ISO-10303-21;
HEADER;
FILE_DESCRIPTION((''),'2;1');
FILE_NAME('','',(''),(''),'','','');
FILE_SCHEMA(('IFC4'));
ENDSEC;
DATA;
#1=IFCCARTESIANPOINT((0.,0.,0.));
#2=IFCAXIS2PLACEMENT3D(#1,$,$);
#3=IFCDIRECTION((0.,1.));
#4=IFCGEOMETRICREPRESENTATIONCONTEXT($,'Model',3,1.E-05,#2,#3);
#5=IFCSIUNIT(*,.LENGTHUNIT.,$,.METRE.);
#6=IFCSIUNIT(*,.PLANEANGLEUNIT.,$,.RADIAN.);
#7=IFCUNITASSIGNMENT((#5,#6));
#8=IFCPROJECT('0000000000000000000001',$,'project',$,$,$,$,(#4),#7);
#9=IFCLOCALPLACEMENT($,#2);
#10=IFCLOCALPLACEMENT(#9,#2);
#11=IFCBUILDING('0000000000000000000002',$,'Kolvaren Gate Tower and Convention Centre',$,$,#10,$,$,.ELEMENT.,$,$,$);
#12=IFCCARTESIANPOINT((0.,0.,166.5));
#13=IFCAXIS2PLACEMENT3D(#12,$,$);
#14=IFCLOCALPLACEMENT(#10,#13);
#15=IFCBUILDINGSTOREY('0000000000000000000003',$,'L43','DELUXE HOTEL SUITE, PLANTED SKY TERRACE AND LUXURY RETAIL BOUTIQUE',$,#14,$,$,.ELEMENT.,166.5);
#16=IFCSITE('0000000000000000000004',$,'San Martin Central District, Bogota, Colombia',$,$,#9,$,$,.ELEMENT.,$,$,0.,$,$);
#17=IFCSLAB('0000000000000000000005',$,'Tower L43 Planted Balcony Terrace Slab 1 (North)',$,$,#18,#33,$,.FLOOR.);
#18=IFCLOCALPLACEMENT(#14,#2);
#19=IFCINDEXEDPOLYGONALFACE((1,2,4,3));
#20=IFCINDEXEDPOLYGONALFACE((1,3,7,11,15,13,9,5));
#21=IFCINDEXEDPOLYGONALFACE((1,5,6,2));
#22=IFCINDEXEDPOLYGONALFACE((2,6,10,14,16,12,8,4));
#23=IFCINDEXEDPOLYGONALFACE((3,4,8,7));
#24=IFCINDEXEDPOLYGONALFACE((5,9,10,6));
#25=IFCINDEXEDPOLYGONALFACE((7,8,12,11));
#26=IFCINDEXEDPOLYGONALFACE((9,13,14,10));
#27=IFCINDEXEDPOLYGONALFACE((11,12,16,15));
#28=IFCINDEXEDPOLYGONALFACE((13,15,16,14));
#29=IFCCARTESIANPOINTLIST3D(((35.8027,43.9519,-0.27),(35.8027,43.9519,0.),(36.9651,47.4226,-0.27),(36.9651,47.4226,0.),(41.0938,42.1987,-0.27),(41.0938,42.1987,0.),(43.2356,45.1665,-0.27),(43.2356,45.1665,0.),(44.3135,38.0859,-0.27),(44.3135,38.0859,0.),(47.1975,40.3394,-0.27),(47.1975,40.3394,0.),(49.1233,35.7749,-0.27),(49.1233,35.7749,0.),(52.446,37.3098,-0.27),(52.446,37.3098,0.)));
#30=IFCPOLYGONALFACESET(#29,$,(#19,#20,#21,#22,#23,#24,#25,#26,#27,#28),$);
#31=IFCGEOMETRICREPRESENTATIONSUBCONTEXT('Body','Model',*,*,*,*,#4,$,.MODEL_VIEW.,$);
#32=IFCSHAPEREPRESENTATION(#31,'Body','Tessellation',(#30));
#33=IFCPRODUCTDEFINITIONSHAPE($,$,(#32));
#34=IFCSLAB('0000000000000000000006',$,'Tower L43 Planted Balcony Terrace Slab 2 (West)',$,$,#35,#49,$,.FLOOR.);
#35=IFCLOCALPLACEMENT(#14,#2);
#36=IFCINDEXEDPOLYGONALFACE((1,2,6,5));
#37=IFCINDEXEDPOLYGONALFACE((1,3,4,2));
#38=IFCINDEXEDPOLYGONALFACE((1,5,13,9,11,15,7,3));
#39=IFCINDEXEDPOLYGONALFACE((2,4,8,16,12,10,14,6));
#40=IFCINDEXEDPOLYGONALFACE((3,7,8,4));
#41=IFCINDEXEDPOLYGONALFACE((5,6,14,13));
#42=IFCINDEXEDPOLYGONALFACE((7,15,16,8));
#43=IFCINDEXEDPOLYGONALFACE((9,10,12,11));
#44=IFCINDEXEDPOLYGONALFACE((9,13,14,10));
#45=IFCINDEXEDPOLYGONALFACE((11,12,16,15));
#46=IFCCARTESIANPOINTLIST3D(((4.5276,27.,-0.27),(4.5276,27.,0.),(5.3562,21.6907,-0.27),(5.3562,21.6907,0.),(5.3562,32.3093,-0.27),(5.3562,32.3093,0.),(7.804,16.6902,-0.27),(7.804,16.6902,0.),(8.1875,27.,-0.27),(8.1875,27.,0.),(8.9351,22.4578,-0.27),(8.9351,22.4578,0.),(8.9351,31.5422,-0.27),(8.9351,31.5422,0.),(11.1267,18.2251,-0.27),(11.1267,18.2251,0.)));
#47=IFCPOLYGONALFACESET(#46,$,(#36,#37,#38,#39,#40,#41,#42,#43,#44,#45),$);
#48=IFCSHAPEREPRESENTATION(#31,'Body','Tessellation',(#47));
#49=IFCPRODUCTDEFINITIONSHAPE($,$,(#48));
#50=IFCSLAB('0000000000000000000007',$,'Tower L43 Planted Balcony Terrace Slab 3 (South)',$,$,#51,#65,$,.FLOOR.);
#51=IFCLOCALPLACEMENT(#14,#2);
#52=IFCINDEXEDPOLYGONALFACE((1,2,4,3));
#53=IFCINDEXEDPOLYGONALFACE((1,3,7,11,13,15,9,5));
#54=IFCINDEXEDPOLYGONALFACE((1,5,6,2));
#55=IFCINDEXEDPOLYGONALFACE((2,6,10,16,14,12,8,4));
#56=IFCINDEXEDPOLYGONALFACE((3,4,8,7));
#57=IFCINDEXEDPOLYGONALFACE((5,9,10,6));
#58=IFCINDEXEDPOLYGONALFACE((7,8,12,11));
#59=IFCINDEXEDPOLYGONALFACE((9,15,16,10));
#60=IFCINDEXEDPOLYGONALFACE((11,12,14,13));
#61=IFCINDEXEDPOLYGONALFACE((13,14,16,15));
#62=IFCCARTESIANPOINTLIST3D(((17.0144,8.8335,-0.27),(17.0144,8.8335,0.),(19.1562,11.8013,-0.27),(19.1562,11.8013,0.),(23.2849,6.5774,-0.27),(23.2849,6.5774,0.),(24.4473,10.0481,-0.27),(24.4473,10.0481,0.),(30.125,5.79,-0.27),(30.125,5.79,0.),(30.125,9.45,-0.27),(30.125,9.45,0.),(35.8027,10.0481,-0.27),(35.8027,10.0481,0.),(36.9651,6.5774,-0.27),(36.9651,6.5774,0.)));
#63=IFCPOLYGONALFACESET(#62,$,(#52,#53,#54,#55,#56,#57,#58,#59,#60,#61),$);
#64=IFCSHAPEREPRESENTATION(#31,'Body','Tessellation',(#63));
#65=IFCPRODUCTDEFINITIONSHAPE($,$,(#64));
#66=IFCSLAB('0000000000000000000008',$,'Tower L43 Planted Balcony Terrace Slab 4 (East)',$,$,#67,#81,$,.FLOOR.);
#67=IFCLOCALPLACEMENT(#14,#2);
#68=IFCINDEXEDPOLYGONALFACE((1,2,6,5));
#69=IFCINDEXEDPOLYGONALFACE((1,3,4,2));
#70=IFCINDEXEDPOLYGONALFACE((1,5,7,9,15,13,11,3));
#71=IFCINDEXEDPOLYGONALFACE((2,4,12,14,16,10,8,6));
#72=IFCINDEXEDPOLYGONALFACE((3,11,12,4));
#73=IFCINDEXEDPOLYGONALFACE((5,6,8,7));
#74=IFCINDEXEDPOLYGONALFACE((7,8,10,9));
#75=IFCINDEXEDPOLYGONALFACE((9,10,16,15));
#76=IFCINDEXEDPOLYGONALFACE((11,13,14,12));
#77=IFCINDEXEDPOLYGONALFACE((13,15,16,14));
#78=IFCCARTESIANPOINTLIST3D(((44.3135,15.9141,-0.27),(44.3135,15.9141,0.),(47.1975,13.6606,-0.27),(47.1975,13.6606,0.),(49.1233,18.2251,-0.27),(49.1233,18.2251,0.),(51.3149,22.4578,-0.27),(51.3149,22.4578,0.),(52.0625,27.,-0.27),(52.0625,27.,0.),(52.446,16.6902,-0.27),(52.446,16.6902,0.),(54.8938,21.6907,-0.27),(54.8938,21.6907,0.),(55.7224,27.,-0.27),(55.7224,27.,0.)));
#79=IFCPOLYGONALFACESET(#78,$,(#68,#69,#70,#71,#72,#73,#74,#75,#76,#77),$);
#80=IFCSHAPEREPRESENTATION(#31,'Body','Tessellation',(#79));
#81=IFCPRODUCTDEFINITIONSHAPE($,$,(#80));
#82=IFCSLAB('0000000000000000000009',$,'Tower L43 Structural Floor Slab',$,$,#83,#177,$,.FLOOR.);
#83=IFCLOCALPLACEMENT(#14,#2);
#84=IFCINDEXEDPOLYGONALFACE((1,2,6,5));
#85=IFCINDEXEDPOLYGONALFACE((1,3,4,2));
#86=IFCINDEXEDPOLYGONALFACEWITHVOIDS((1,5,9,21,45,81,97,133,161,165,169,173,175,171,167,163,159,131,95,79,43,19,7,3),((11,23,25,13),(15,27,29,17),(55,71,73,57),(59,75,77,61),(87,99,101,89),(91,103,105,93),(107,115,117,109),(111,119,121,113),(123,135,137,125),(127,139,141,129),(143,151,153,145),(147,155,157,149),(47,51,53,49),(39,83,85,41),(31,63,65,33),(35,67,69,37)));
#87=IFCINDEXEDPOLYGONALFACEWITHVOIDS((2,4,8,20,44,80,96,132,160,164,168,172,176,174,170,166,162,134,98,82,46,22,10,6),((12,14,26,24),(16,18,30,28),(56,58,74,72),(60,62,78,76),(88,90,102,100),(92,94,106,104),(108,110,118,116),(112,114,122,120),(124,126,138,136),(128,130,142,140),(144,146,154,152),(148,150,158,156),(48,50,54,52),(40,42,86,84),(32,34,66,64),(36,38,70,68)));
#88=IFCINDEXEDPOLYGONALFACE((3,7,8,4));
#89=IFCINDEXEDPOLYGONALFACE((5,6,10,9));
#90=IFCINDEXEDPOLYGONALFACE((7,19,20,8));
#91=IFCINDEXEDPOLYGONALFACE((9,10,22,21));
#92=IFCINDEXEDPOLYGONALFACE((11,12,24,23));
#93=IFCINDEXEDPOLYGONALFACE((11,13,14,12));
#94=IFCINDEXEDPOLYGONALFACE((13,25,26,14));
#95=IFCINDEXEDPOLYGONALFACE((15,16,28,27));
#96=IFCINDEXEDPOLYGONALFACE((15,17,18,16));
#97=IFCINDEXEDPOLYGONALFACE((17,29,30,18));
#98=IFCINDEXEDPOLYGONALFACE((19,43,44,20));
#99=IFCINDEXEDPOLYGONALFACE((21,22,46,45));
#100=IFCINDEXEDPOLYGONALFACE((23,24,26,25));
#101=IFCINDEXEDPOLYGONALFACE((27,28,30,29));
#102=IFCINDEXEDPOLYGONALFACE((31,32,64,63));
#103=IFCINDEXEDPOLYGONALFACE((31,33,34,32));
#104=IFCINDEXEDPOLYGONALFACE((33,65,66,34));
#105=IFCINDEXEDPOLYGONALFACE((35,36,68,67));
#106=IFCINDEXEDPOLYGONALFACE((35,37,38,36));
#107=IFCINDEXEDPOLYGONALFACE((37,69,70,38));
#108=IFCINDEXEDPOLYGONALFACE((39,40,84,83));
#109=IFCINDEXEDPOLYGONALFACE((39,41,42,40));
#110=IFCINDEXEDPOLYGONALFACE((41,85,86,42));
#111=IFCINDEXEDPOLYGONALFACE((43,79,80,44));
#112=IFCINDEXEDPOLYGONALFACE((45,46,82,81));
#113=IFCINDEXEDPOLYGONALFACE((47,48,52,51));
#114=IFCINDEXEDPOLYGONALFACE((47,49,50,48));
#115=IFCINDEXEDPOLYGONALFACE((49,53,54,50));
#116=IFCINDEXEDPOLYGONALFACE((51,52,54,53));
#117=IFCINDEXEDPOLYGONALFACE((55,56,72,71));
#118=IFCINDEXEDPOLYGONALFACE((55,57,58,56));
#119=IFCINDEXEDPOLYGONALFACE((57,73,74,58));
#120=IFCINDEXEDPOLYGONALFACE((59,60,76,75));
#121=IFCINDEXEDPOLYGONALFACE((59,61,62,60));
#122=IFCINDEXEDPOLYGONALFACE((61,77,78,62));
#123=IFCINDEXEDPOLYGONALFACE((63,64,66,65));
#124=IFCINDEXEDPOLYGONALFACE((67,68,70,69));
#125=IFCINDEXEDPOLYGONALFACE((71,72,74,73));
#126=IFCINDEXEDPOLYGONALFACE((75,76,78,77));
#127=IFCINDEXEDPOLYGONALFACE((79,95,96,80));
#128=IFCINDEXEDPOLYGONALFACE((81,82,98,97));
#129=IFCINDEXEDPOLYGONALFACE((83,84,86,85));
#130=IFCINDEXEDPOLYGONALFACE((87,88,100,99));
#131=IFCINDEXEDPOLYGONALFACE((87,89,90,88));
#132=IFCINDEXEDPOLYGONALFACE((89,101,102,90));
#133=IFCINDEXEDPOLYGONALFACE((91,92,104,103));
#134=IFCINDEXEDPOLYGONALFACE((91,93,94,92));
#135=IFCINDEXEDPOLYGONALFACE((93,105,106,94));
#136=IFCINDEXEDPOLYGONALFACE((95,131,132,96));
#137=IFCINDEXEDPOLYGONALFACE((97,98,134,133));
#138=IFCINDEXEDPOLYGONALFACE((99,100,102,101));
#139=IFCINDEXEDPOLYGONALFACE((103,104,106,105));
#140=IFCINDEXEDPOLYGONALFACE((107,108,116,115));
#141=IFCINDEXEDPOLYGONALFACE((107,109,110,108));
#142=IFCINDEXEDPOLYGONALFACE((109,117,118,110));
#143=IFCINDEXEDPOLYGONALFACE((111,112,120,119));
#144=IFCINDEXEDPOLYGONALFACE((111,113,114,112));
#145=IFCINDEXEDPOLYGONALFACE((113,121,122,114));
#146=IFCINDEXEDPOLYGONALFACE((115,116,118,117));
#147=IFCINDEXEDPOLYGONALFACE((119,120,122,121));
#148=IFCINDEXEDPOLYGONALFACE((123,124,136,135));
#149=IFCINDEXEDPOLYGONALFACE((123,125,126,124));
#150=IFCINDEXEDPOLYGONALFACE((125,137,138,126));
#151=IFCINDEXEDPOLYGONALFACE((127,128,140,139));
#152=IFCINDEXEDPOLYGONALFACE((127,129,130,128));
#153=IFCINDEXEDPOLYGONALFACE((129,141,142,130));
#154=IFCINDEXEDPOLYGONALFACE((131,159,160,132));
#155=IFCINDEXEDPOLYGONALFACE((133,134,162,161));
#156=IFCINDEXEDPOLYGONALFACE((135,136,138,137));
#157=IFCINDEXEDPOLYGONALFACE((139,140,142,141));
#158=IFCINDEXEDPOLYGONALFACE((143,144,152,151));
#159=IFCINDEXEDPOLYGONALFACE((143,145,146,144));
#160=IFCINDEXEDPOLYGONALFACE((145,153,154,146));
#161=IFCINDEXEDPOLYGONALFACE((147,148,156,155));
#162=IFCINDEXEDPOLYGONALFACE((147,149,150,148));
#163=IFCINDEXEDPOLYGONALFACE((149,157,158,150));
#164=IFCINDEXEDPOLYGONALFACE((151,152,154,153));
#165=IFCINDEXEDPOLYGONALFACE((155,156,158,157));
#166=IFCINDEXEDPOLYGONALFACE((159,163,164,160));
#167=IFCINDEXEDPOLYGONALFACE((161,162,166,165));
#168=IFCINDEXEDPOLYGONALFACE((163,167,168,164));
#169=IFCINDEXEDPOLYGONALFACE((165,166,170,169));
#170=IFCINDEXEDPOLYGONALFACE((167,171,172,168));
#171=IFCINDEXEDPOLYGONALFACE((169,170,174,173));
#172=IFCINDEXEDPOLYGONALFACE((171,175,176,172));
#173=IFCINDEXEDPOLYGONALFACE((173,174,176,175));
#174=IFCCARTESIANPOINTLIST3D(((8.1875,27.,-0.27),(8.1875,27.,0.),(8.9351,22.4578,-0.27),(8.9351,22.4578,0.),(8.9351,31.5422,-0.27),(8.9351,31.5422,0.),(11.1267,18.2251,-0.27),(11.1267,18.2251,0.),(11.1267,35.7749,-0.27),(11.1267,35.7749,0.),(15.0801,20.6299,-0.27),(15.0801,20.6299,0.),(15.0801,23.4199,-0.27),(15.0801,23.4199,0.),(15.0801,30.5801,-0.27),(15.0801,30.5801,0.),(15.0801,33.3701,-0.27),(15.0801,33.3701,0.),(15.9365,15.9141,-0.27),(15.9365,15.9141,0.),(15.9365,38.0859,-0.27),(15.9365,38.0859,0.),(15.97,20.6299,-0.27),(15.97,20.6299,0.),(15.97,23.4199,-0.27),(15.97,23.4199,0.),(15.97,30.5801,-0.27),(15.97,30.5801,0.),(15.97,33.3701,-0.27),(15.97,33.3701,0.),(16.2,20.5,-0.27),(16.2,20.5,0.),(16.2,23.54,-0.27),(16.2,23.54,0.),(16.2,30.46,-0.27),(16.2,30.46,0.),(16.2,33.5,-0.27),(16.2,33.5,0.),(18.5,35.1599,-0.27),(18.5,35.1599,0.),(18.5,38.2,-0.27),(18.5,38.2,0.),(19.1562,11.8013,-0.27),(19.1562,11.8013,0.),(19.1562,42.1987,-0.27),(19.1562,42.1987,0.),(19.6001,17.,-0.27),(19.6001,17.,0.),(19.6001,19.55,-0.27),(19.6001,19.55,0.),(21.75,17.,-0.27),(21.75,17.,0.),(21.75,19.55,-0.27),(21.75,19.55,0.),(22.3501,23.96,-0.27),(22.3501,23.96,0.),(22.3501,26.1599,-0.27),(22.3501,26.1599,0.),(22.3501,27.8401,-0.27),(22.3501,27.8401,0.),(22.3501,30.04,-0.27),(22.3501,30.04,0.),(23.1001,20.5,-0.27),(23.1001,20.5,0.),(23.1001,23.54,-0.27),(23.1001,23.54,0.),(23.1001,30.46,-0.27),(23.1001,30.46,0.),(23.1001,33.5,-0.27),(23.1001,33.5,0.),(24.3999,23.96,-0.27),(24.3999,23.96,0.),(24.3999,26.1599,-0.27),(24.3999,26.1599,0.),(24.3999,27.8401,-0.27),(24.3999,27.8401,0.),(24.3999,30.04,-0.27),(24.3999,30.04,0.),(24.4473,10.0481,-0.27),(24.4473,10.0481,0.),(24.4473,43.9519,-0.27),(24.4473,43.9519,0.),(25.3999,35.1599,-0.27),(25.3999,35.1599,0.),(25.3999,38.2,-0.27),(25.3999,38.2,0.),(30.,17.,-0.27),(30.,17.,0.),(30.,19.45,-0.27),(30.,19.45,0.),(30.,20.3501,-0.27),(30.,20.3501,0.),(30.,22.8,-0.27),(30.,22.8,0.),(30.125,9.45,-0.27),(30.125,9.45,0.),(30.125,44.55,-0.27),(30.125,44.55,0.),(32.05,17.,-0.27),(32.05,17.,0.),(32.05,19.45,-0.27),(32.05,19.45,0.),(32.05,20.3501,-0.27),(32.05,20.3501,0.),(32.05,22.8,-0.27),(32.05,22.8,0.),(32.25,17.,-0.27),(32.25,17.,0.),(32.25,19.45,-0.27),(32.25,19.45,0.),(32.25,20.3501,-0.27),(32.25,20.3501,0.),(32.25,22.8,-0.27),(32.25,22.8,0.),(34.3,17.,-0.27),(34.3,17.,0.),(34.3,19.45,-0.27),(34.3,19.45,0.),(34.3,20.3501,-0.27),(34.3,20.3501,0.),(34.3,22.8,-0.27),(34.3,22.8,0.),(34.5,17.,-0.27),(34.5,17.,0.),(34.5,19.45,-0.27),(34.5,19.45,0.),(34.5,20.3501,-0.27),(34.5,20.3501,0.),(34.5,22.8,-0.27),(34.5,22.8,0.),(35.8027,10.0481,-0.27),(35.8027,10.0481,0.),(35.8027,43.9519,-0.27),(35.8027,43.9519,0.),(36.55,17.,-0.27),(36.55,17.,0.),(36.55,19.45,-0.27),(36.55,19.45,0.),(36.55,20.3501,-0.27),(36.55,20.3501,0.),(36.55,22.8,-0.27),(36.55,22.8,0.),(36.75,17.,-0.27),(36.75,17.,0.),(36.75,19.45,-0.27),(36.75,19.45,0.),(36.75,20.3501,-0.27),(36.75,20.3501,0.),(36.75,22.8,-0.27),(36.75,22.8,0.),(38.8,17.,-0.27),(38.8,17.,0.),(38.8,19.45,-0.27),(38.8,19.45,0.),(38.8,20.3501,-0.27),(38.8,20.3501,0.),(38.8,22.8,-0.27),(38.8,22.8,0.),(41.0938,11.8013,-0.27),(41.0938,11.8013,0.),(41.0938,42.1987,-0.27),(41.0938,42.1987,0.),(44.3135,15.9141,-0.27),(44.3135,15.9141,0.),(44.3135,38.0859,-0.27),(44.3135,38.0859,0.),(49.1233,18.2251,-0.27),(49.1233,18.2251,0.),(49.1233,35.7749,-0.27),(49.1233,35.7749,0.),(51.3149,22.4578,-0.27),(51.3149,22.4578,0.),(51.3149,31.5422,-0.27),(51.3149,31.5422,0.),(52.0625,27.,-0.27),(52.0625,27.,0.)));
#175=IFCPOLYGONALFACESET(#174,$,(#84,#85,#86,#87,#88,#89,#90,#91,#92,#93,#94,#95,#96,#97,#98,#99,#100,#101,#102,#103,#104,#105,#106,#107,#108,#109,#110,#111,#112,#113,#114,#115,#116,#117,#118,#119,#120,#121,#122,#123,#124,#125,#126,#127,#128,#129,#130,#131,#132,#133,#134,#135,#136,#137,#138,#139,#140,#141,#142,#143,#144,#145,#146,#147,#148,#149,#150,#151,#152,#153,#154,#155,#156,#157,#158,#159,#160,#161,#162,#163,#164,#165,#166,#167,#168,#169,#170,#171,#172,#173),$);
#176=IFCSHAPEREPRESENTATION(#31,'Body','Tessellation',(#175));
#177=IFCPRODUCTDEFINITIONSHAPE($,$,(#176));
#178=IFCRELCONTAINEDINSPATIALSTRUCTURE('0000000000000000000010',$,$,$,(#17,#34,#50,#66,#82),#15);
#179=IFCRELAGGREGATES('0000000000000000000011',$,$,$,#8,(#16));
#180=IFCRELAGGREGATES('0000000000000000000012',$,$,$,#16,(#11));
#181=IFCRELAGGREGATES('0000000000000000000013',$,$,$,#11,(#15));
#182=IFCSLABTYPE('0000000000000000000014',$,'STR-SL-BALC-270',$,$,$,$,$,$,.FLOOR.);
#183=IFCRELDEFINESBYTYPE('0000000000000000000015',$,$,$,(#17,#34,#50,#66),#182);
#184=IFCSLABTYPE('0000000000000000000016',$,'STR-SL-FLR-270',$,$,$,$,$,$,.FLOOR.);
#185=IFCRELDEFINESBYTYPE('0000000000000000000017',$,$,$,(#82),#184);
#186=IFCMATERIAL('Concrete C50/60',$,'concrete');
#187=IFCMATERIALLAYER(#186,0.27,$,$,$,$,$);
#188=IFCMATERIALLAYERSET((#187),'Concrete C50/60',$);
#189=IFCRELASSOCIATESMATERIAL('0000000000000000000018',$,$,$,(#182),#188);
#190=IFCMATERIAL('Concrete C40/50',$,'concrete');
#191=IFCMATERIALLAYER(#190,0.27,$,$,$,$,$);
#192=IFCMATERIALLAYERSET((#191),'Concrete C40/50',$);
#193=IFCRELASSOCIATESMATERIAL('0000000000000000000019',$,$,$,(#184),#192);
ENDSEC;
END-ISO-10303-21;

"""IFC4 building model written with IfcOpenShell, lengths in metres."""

from ifc_helpers import new_model, si_unit, direction, frame, origin, place, context, subcontext, project, spatial, polyline, outline, extrude, material, layer, layer_set, type_object, element, save


model = new_model("IFC4")

# Units and contexts
model_context = context("Model", 3, precision=1e-05, world=origin(), true_north=direction((0.0, 1.0)))
body_context = subcontext(model_context, "Body", "Model", "MODEL_VIEW")
ifc_project = project(units=[si_unit("LENGTHUNIT", "METRE"), si_unit("PLANEANGLEUNIT", "RADIAN")], contexts=[model_context])

# Site, building, storey
site_placement = place(None, origin())
site = spatial("IfcSite", under=ifc_project, at=site_placement, Name="San Martin Central District, Bogota, Colombia", CompositionType="ELEMENT", RefElevation=0.0)
building_placement = place(site_placement, origin())
building = spatial("IfcBuilding", under=site, at=building_placement, Name="Kolvaren Gate Tower and Convention Centre", CompositionType="ELEMENT")
storey_placement = place(building_placement, frame((0.0, 0.0, 166.5)))
storey = spatial("IfcBuildingStorey", under=building, at=storey_placement, Name="L43", Description="DELUXE HOTEL SUITE, PLANTED SKY TERRACE AND LUXURY RETAIL BOUTIQUE", CompositionType="ELEMENT", Elevation=166.5)

# Slabs
ifc_material_1 = material(Name="Concrete C50/60", Category="concrete")
ifc_layer_1 = layer(ifc_material_1, 0.27)
ifc_layer_set_1 = layer_set([ifc_layer_1], Name="Concrete C50/60")
slab_type_1 = type_object("IfcSlabType", Name="STR-SL-BALC-270", PredefinedType="FLOOR", material=ifc_layer_set_1)
slab_1_placement = place(storey_placement, frame((0.0, 0.0, -0.27)))
element("IfcSlab", 1, at=slab_1_placement, inside=storey, type_object=slab_type_1, Name="Tower L43 Planted Balcony Terrace Slab 1 (North)", PredefinedType="FLOOR", context=body_context, shape_type="SweptSolid", body=[
    extrude(outline(polyline([(49.1233, 35.7749), (44.3135, 38.0859), (41.0938, 42.1987), (35.8027, 43.9519), (36.9651, 47.4226), (43.2356, 45.1665), (47.1975, 40.3394), (52.446, 37.3098), (49.1233, 35.7749)])), origin(), (0.0, 0.0, 1.0), 0.27),
])
slab_2_placement = place(storey_placement, frame((0.0, 0.0, -0.27)))
element("IfcSlab", 2, at=slab_2_placement, inside=storey, type_object=slab_type_1, Name="Tower L43 Planted Balcony Terrace Slab 2 (West)", PredefinedType="FLOOR", context=body_context, shape_type="SweptSolid", body=[
    extrude(outline(polyline([(8.9351, 31.5422), (8.1875, 27.0), (8.9351, 22.4578), (11.1267, 18.2251), (7.804, 16.6902), (5.3562, 21.6907), (4.5276, 27.0), (5.3562, 32.3093), (8.9351, 31.5422)])), origin(), (0.0, 0.0, 1.0), 0.27),
])
slab_3_placement = place(storey_placement, frame((0.0, 0.0, -0.27)))
element("IfcSlab", 3, at=slab_3_placement, inside=storey, type_object=slab_type_1, Name="Tower L43 Planted Balcony Terrace Slab 3 (South)", PredefinedType="FLOOR", context=body_context, shape_type="SweptSolid", body=[
    extrude(outline(polyline([(19.1562, 11.8013), (24.4473, 10.0481), (30.125, 9.45), (35.8027, 10.0481), (36.9651, 6.5774), (30.125, 5.79), (23.2849, 6.5774), (17.0144, 8.8335), (19.1562, 11.8013)])), origin(), (0.0, 0.0, 1.0), 0.27),
])
slab_4_placement = place(storey_placement, frame((0.0, 0.0, -0.27)))
element("IfcSlab", 4, at=slab_4_placement, inside=storey, type_object=slab_type_1, Name="Tower L43 Planted Balcony Terrace Slab 4 (East)", PredefinedType="FLOOR", context=body_context, shape_type="SweptSolid", body=[
    extrude(outline(polyline([(44.3135, 15.9141), (49.1233, 18.2251), (51.3149, 22.4578), (52.0625, 27.0), (55.7224, 27.0), (54.8938, 21.6907), (52.446, 16.6902), (47.1975, 13.6606), (44.3135, 15.9141)])), origin(), (0.0, 0.0, 1.0), 0.27),
])
ifc_material_2 = material(Name="Concrete C40/50", Category="concrete")
ifc_layer_2 = layer(ifc_material_2, 0.27)
ifc_layer_set_2 = layer_set([ifc_layer_2], Name="Concrete C40/50")
slab_type_2 = type_object("IfcSlabType", Name="STR-SL-FLR-270", PredefinedType="FLOOR", material=ifc_layer_set_2)
slab_5_placement = place(storey_placement, frame((0.0, 0.0, -0.27)))
element("IfcSlab", 5, at=slab_5_placement, inside=storey, type_object=slab_type_2, Name="Tower L43 Structural Floor Slab", PredefinedType="FLOOR", context=body_context, shape_type="SweptSolid", body=[
    extrude(outline(polyline([(52.0625, 27.0), (51.3149, 31.5422), (49.1233, 35.7749), (44.3135, 38.0859), (41.0938, 42.1987), (35.8027, 43.9519), (30.125, 44.55), (24.4473, 43.9519), (19.1562, 42.1987), (15.9365, 38.0859), (11.1267, 35.7749), (8.9351, 31.5422), (8.1875, 27.0), (8.9351, 22.4578), (11.1267, 18.2251), (15.9365, 15.9141), (19.1562, 11.8013), (24.4473, 10.0481), (30.125, 9.45), (35.8027, 10.0481), (41.0938, 11.8013), (44.3135, 15.9141), (49.1233, 18.2251), (51.3149, 22.4578), (52.0625, 27.0)]), holes=[polyline([(36.75, 17.0), (36.75, 19.45), (38.8, 19.45), (38.8, 17.0), (36.75, 17.0)]), polyline([(36.75, 20.3501), (36.75, 22.8), (38.8, 22.8), (38.8, 20.3501), (36.75, 20.3501)]), polyline([(34.5, 17.0), (34.5, 19.45), (36.55, 19.45), (36.55, 17.0), (34.5, 17.0)]), polyline([(34.5, 20.3501), (34.5, 22.8), (36.55, 22.8), (36.55, 20.3501), (34.5, 20.3501)]), polyline([(32.25, 17.0), (32.25, 19.45), (34.3, 19.45), (34.3, 17.0), (32.25, 17.0)]), polyline([(32.25, 20.3501), (32.25, 22.8), (34.3, 22.8), (34.3, 20.3501), (32.25, 20.3501)]), polyline([(30.0, 17.0), (30.0, 19.45), (32.05, 19.45), (32.05, 17.0), (30.0, 17.0)]), polyline([(30.0, 20.3501), (30.0, 22.8), (32.05, 22.8), (32.05, 20.3501), (30.0, 20.3501)]), polyline([(25.3999, 38.2), (25.3999, 35.1599), (18.5, 35.1599), (18.5, 38.2), (25.3999, 38.2)]), polyline([(22.3501, 23.96), (22.3501, 26.1599), (24.3999, 26.1599), (24.3999, 23.96), (22.3501, 23.96)]), polyline([(22.3501, 27.8401), (22.3501, 30.04), (24.3999, 30.04), (24.3999, 27.8401), (22.3501, 27.8401)]), polyline([(23.1001, 23.54), (23.1001, 20.5), (16.2, 20.5), (16.2, 23.54), (23.1001, 23.54)]), polyline([(23.1001, 33.5), (23.1001, 30.46), (16.2, 30.46), (16.2, 33.5), (23.1001, 33.5)]), polyline([(19.6001, 17.0), (19.6001, 19.55), (21.75, 19.55), (21.75, 17.0), (19.6001, 17.0)]), polyline([(15.0801, 20.6299), (15.0801, 23.4199), (15.97, 23.4199), (15.97, 20.6299), (15.0801, 20.6299)]), polyline([(15.0801, 30.5801), (15.0801, 33.3701), (15.97, 33.3701), (15.97, 30.5801), (15.0801, 30.5801)])]), origin(), (0.0, 0.0, 1.0), 0.27),
])

save(model, "model.ifc")
